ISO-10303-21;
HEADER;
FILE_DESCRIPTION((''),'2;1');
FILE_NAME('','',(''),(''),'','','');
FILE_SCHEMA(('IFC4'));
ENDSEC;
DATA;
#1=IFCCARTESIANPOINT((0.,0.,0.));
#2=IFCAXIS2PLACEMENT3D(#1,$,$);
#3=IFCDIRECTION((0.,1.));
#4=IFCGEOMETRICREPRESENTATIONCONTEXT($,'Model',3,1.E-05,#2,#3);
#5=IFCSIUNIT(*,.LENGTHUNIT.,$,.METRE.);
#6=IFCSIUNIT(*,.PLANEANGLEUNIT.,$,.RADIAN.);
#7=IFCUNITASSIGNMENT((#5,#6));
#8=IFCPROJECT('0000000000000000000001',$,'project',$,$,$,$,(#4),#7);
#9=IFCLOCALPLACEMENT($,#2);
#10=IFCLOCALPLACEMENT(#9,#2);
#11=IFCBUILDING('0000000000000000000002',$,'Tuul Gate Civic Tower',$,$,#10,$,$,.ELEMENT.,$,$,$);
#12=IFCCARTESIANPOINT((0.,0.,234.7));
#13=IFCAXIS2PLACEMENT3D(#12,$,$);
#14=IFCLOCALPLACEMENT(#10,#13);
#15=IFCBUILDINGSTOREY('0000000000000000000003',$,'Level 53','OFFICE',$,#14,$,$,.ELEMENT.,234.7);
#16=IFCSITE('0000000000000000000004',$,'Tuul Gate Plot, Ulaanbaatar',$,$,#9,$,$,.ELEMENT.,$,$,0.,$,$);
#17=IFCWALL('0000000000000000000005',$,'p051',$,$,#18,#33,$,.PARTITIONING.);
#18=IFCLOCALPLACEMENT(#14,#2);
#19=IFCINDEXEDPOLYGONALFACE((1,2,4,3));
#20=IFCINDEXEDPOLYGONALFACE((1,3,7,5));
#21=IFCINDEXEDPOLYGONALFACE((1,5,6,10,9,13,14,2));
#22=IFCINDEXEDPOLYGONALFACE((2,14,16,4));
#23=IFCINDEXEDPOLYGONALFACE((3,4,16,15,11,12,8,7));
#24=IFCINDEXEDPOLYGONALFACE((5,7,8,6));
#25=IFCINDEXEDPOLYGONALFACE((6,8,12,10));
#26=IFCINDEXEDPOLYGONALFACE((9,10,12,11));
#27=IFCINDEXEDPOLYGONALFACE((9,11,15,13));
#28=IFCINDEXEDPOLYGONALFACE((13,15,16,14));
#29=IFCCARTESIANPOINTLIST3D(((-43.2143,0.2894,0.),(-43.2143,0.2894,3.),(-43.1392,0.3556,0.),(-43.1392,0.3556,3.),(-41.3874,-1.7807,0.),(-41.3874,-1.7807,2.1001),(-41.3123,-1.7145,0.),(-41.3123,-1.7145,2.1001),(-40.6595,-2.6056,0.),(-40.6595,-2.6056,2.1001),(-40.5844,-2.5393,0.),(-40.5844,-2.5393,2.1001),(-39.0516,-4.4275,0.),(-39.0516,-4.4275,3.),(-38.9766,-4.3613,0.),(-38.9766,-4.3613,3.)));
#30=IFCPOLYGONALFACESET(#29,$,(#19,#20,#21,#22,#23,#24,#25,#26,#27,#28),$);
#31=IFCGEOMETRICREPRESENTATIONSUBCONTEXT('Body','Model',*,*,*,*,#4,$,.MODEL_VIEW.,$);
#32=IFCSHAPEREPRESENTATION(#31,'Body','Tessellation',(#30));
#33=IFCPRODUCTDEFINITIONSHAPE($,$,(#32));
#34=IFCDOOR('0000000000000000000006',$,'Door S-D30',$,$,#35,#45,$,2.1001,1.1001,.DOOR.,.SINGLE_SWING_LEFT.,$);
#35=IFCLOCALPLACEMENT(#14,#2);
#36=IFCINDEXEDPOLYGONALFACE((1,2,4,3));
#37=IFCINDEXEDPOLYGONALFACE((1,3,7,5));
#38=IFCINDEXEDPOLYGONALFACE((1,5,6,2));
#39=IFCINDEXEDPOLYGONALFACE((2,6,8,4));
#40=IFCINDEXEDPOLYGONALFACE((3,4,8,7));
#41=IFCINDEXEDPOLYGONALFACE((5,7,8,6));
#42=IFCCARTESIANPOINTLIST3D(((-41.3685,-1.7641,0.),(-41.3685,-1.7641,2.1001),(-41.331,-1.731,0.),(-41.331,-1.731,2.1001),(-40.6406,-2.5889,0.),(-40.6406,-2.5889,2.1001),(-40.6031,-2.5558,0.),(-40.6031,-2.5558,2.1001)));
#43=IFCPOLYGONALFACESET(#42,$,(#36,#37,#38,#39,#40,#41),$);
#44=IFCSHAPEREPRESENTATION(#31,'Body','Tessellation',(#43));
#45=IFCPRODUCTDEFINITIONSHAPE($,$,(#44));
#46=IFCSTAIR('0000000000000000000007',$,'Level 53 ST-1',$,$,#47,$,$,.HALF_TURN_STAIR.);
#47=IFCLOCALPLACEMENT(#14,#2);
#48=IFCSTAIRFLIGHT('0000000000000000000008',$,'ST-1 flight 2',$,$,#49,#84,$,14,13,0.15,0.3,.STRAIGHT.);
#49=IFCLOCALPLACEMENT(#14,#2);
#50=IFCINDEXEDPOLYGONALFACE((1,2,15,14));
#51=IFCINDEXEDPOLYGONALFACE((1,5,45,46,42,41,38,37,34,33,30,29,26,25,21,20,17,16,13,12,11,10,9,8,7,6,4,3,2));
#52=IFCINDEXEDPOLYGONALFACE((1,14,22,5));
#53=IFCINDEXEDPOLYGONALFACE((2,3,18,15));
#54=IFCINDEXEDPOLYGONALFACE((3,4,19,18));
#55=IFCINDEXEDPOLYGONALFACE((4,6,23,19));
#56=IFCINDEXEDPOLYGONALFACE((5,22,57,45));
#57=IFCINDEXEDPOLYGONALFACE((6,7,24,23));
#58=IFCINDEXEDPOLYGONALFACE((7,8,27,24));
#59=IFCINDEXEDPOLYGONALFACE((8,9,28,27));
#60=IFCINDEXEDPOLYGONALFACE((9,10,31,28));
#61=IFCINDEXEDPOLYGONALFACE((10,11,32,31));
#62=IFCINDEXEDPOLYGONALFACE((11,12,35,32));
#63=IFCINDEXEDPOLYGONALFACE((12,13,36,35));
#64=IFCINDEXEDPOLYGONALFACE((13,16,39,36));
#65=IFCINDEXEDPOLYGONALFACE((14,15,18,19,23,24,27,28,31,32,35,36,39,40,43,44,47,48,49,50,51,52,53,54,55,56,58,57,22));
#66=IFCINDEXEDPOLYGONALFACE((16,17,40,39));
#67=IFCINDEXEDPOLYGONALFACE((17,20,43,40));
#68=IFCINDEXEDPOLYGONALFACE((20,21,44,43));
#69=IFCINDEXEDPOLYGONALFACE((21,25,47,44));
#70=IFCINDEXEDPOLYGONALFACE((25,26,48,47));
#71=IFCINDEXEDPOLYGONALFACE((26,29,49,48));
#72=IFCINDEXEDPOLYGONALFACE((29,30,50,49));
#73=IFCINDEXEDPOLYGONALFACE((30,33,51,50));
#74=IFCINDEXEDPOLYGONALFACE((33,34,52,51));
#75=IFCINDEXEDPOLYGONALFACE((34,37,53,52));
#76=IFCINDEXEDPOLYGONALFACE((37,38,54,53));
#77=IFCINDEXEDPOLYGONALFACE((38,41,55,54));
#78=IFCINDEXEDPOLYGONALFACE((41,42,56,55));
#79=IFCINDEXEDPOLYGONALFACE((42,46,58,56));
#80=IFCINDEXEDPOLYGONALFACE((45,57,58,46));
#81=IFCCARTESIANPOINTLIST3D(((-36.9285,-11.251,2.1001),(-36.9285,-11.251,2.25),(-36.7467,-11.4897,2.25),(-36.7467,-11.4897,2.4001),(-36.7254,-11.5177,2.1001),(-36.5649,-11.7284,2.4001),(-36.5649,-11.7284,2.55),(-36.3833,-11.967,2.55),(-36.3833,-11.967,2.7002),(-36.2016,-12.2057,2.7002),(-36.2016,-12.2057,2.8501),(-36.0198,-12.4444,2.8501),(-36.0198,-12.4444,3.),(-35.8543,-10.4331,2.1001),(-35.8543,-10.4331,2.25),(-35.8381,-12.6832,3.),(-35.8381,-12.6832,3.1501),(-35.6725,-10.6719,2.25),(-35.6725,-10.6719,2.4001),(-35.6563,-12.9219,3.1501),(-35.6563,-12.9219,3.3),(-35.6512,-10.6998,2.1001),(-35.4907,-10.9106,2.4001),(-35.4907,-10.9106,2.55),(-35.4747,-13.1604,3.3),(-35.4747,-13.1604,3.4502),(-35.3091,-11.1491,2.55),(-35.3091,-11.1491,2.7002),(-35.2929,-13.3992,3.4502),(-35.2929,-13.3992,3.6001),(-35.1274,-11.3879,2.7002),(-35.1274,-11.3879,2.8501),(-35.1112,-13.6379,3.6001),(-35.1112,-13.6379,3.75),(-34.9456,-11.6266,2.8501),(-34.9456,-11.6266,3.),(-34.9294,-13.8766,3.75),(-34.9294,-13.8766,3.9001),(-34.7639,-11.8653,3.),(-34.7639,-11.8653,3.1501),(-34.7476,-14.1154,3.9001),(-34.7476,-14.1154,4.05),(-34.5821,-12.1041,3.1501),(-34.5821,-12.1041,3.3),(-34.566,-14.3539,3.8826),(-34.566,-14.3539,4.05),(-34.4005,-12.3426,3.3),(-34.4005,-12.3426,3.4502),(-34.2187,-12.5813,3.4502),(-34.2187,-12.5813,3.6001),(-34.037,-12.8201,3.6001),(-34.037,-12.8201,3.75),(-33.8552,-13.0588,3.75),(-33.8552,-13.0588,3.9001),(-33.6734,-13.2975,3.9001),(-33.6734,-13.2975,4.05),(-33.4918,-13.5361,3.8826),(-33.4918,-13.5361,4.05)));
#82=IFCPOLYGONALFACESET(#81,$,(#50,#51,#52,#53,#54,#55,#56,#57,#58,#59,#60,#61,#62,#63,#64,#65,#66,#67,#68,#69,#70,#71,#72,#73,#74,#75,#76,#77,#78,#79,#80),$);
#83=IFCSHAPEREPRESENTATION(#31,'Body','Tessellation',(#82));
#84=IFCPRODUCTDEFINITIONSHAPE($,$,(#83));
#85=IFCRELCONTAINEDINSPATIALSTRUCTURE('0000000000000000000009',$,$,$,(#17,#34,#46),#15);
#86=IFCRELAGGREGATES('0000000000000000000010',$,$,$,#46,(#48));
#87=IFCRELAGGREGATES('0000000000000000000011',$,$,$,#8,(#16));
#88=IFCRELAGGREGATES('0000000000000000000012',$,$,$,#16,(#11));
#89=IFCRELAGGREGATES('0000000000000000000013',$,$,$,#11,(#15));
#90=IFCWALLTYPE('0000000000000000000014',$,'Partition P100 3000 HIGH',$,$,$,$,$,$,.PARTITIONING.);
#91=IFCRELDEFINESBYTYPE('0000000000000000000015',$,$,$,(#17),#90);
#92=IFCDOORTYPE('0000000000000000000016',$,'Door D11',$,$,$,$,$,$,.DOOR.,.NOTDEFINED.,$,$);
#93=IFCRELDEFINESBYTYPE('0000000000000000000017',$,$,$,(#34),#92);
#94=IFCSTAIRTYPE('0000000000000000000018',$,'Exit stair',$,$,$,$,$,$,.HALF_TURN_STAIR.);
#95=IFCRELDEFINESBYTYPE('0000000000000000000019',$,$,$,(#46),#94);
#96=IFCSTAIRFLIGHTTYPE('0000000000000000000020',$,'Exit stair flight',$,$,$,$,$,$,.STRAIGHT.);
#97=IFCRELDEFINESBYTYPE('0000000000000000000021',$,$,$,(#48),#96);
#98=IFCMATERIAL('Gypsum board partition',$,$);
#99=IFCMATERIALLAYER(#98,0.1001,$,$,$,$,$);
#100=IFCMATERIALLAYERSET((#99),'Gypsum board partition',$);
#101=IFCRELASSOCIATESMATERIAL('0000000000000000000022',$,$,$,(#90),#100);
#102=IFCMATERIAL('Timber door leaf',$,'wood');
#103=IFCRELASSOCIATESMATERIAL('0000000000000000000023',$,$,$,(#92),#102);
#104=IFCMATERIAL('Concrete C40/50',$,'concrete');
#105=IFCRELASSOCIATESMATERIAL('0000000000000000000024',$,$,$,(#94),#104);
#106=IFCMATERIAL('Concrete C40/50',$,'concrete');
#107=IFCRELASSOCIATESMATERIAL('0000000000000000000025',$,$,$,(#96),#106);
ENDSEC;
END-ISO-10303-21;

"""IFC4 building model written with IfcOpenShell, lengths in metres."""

from ifc_helpers import new_model, si_unit, direction, frame, frame_2d, origin, place, context, subcontext, project, spatial, polyline, rectangle, outline, extrude, material, layer, layer_set, type_object, element, fill, aggregate, save


model = new_model("IFC4")

# Units and contexts
model_context = context("Model", 3, precision=1e-05, world=origin(), true_north=direction((0.0, 1.0)))
body_context = subcontext(model_context, "Body", "Model", "MODEL_VIEW")
ifc_project = project(units=[si_unit("LENGTHUNIT", "METRE"), si_unit("PLANEANGLEUNIT", "RADIAN")], contexts=[model_context])

# Site, building, storey
site_placement = place(None, origin())
site = spatial("IfcSite", under=ifc_project, at=site_placement, Name="Tuul Gate Plot, Ulaanbaatar", CompositionType="ELEMENT", RefElevation=0.0)
building_placement = place(site_placement, origin())
building = spatial("IfcBuilding", under=site, at=building_placement, Name="Tuul Gate Civic Tower", CompositionType="ELEMENT")
storey_placement = place(building_placement, frame((0.0, 0.0, 234.7)))
storey = spatial("IfcBuildingStorey", under=building, at=storey_placement, Name="Level 53", Description="OFFICE", CompositionType="ELEMENT", Elevation=234.7)

# Wall, opening, door
ifc_material_1 = material(Name="Gypsum board partition")
ifc_layer_1 = layer(ifc_material_1, 0.1001)
ifc_layer_set_1 = layer_set([ifc_layer_1], Name="Gypsum board partition")
wall_type_1 = type_object("IfcWallType", Name="Partition P100 3000 HIGH", PredefinedType="PARTITIONING", material=ifc_layer_set_1)
wall_1_placement = place(storey_placement, frame((-43.1768, 0.3225, 0.0), z_axis=(0.0, 0.0, 1.0), x_axis=(0.661686, -0.749781, 0.0)))
wall_1 = element("IfcWall", 1, at=wall_1_placement, inside=storey, type_object=wall_type_1, Name="p051", PredefinedType="PARTITIONING", context=body_context, shape_type="SweptSolid", body=[
    extrude(rectangle(XDim=6.291, YDim=0.1001, at=frame_2d((3.1455, 0.0))), origin(), (0.0, 0.0, 1.0), 3.0),
])
opening_1_placement = place(wall_1_placement, frame((2.761, 0.0, 0.0)))
opening_1 = element("IfcOpeningElement", 2, at=opening_1_placement, cuts=wall_1, PredefinedType="OPENING", context=body_context, shape_type="SweptSolid", body=[
    extrude(rectangle(XDim=1.1001, YDim=2.1001, at=frame_2d((0.55, 1.05))), frame((0.0, 0.0601, 0.0), z_axis=(0.0, -1.0, 0.0), x_axis=(1.0, 0.0, 0.0)), (0.0, 0.0, 1.0), 0.1201),
])
ifc_material_2 = material(Name="Timber door leaf", Category="wood")
door_type_1 = type_object("IfcDoorType", Name="Door D11", OperationType="NOTDEFINED", PredefinedType="DOOR", material=ifc_material_2)
door_1_placement = place(opening_1_placement, frame((1.1001, 0.0, 0.0), z_axis=(0.0, 0.0, 1.0), x_axis=(-1.0, 0.0, 0.0)))
door_1 = element("IfcDoor", 3, at=door_1_placement, inside=storey, type_object=door_type_1, Name="Door S-D30", OperationType="SINGLE_SWING_LEFT", OverallHeight=2.1001, OverallWidth=1.1001, PredefinedType="DOOR", context=body_context, shape_type="SweptSolid", body=[
    extrude(rectangle(XDim=1.1001, YDim=2.1001, at=frame_2d((0.55, 1.05))), frame((0.0, 0.0249, 0.0), z_axis=(0.0, -1.0, 0.0), x_axis=(1.0, 0.0, 0.0)), (0.0, 0.0, 1.0), 0.05),
])
fill(opening_1, door_1)

# Stair, stair flight
ifc_material_3 = material(Name="Concrete C40/50", Category="concrete")
stair_type = type_object("IfcStairType", Name="Exit stair", PredefinedType="HALF_TURN_STAIR", material=ifc_material_3)
stair_placement = place(storey_placement, origin())
stair = element("IfcStair", 4, at=stair_placement, inside=storey, type_object=stair_type, Name="Level 53 ST-1", PredefinedType="HALF_TURN_STAIR")
ifc_material_4 = material(Name="Concrete C40/50", Category="concrete")
stair_flight_type = type_object("IfcStairFlightType", Name="Exit stair flight", PredefinedType="STRAIGHT", material=ifc_material_4)
stair_flight_placement = place(storey_placement, frame((-36.3914, -10.842, 2.1001), z_axis=(0.0, 0.0, 1.0), x_axis=(0.605764, -0.795644, 0.0)))
stair_flight = element("IfcStairFlight", 5, at=stair_flight_placement, type_object=stair_flight_type, Name="ST-1 flight 2", NumberOfRisers=14, NumberOfTreads=13, PredefinedType="STRAIGHT", RiserHeight=0.15, TreadLength=0.3, context=body_context, shape_type="SweptSolid", body=[
    extrude(outline(polyline([(0.0, 0.0), (0.0, 0.1499), (0.3, 0.1499), (0.3, 0.3), (0.6001, 0.3), (0.6001, 0.45), (0.8999, 0.45), (0.8999, 0.6001), (1.2, 0.6001), (1.2, 0.75), (1.5, 0.75), (1.5, 0.8999), (1.8, 0.8999), (1.8, 1.05), (2.1001, 1.05), (2.1001, 1.2), (2.3999, 1.2), (2.3999, 1.3501), (2.7, 1.3501), (2.7, 1.5), (3.0, 1.5), (3.0, 1.6499), (3.3, 1.6499), (3.3, 1.8), (3.6001, 1.8), (3.6001, 1.95), (3.8999, 1.95), (3.8999, 2.1001), (3.8999, 1.7825), (0.3352, 0.0), (0.0, 0.0)])), frame((0.0, 0.675, 0.0), z_axis=(0.0, -1.0, 0.0), x_axis=(1.0, 0.0, 0.0)), (0.0, 0.0, 1.0), 1.3501),
])
aggregate(stair, [stair_flight])

save(model, "model.ifc")
